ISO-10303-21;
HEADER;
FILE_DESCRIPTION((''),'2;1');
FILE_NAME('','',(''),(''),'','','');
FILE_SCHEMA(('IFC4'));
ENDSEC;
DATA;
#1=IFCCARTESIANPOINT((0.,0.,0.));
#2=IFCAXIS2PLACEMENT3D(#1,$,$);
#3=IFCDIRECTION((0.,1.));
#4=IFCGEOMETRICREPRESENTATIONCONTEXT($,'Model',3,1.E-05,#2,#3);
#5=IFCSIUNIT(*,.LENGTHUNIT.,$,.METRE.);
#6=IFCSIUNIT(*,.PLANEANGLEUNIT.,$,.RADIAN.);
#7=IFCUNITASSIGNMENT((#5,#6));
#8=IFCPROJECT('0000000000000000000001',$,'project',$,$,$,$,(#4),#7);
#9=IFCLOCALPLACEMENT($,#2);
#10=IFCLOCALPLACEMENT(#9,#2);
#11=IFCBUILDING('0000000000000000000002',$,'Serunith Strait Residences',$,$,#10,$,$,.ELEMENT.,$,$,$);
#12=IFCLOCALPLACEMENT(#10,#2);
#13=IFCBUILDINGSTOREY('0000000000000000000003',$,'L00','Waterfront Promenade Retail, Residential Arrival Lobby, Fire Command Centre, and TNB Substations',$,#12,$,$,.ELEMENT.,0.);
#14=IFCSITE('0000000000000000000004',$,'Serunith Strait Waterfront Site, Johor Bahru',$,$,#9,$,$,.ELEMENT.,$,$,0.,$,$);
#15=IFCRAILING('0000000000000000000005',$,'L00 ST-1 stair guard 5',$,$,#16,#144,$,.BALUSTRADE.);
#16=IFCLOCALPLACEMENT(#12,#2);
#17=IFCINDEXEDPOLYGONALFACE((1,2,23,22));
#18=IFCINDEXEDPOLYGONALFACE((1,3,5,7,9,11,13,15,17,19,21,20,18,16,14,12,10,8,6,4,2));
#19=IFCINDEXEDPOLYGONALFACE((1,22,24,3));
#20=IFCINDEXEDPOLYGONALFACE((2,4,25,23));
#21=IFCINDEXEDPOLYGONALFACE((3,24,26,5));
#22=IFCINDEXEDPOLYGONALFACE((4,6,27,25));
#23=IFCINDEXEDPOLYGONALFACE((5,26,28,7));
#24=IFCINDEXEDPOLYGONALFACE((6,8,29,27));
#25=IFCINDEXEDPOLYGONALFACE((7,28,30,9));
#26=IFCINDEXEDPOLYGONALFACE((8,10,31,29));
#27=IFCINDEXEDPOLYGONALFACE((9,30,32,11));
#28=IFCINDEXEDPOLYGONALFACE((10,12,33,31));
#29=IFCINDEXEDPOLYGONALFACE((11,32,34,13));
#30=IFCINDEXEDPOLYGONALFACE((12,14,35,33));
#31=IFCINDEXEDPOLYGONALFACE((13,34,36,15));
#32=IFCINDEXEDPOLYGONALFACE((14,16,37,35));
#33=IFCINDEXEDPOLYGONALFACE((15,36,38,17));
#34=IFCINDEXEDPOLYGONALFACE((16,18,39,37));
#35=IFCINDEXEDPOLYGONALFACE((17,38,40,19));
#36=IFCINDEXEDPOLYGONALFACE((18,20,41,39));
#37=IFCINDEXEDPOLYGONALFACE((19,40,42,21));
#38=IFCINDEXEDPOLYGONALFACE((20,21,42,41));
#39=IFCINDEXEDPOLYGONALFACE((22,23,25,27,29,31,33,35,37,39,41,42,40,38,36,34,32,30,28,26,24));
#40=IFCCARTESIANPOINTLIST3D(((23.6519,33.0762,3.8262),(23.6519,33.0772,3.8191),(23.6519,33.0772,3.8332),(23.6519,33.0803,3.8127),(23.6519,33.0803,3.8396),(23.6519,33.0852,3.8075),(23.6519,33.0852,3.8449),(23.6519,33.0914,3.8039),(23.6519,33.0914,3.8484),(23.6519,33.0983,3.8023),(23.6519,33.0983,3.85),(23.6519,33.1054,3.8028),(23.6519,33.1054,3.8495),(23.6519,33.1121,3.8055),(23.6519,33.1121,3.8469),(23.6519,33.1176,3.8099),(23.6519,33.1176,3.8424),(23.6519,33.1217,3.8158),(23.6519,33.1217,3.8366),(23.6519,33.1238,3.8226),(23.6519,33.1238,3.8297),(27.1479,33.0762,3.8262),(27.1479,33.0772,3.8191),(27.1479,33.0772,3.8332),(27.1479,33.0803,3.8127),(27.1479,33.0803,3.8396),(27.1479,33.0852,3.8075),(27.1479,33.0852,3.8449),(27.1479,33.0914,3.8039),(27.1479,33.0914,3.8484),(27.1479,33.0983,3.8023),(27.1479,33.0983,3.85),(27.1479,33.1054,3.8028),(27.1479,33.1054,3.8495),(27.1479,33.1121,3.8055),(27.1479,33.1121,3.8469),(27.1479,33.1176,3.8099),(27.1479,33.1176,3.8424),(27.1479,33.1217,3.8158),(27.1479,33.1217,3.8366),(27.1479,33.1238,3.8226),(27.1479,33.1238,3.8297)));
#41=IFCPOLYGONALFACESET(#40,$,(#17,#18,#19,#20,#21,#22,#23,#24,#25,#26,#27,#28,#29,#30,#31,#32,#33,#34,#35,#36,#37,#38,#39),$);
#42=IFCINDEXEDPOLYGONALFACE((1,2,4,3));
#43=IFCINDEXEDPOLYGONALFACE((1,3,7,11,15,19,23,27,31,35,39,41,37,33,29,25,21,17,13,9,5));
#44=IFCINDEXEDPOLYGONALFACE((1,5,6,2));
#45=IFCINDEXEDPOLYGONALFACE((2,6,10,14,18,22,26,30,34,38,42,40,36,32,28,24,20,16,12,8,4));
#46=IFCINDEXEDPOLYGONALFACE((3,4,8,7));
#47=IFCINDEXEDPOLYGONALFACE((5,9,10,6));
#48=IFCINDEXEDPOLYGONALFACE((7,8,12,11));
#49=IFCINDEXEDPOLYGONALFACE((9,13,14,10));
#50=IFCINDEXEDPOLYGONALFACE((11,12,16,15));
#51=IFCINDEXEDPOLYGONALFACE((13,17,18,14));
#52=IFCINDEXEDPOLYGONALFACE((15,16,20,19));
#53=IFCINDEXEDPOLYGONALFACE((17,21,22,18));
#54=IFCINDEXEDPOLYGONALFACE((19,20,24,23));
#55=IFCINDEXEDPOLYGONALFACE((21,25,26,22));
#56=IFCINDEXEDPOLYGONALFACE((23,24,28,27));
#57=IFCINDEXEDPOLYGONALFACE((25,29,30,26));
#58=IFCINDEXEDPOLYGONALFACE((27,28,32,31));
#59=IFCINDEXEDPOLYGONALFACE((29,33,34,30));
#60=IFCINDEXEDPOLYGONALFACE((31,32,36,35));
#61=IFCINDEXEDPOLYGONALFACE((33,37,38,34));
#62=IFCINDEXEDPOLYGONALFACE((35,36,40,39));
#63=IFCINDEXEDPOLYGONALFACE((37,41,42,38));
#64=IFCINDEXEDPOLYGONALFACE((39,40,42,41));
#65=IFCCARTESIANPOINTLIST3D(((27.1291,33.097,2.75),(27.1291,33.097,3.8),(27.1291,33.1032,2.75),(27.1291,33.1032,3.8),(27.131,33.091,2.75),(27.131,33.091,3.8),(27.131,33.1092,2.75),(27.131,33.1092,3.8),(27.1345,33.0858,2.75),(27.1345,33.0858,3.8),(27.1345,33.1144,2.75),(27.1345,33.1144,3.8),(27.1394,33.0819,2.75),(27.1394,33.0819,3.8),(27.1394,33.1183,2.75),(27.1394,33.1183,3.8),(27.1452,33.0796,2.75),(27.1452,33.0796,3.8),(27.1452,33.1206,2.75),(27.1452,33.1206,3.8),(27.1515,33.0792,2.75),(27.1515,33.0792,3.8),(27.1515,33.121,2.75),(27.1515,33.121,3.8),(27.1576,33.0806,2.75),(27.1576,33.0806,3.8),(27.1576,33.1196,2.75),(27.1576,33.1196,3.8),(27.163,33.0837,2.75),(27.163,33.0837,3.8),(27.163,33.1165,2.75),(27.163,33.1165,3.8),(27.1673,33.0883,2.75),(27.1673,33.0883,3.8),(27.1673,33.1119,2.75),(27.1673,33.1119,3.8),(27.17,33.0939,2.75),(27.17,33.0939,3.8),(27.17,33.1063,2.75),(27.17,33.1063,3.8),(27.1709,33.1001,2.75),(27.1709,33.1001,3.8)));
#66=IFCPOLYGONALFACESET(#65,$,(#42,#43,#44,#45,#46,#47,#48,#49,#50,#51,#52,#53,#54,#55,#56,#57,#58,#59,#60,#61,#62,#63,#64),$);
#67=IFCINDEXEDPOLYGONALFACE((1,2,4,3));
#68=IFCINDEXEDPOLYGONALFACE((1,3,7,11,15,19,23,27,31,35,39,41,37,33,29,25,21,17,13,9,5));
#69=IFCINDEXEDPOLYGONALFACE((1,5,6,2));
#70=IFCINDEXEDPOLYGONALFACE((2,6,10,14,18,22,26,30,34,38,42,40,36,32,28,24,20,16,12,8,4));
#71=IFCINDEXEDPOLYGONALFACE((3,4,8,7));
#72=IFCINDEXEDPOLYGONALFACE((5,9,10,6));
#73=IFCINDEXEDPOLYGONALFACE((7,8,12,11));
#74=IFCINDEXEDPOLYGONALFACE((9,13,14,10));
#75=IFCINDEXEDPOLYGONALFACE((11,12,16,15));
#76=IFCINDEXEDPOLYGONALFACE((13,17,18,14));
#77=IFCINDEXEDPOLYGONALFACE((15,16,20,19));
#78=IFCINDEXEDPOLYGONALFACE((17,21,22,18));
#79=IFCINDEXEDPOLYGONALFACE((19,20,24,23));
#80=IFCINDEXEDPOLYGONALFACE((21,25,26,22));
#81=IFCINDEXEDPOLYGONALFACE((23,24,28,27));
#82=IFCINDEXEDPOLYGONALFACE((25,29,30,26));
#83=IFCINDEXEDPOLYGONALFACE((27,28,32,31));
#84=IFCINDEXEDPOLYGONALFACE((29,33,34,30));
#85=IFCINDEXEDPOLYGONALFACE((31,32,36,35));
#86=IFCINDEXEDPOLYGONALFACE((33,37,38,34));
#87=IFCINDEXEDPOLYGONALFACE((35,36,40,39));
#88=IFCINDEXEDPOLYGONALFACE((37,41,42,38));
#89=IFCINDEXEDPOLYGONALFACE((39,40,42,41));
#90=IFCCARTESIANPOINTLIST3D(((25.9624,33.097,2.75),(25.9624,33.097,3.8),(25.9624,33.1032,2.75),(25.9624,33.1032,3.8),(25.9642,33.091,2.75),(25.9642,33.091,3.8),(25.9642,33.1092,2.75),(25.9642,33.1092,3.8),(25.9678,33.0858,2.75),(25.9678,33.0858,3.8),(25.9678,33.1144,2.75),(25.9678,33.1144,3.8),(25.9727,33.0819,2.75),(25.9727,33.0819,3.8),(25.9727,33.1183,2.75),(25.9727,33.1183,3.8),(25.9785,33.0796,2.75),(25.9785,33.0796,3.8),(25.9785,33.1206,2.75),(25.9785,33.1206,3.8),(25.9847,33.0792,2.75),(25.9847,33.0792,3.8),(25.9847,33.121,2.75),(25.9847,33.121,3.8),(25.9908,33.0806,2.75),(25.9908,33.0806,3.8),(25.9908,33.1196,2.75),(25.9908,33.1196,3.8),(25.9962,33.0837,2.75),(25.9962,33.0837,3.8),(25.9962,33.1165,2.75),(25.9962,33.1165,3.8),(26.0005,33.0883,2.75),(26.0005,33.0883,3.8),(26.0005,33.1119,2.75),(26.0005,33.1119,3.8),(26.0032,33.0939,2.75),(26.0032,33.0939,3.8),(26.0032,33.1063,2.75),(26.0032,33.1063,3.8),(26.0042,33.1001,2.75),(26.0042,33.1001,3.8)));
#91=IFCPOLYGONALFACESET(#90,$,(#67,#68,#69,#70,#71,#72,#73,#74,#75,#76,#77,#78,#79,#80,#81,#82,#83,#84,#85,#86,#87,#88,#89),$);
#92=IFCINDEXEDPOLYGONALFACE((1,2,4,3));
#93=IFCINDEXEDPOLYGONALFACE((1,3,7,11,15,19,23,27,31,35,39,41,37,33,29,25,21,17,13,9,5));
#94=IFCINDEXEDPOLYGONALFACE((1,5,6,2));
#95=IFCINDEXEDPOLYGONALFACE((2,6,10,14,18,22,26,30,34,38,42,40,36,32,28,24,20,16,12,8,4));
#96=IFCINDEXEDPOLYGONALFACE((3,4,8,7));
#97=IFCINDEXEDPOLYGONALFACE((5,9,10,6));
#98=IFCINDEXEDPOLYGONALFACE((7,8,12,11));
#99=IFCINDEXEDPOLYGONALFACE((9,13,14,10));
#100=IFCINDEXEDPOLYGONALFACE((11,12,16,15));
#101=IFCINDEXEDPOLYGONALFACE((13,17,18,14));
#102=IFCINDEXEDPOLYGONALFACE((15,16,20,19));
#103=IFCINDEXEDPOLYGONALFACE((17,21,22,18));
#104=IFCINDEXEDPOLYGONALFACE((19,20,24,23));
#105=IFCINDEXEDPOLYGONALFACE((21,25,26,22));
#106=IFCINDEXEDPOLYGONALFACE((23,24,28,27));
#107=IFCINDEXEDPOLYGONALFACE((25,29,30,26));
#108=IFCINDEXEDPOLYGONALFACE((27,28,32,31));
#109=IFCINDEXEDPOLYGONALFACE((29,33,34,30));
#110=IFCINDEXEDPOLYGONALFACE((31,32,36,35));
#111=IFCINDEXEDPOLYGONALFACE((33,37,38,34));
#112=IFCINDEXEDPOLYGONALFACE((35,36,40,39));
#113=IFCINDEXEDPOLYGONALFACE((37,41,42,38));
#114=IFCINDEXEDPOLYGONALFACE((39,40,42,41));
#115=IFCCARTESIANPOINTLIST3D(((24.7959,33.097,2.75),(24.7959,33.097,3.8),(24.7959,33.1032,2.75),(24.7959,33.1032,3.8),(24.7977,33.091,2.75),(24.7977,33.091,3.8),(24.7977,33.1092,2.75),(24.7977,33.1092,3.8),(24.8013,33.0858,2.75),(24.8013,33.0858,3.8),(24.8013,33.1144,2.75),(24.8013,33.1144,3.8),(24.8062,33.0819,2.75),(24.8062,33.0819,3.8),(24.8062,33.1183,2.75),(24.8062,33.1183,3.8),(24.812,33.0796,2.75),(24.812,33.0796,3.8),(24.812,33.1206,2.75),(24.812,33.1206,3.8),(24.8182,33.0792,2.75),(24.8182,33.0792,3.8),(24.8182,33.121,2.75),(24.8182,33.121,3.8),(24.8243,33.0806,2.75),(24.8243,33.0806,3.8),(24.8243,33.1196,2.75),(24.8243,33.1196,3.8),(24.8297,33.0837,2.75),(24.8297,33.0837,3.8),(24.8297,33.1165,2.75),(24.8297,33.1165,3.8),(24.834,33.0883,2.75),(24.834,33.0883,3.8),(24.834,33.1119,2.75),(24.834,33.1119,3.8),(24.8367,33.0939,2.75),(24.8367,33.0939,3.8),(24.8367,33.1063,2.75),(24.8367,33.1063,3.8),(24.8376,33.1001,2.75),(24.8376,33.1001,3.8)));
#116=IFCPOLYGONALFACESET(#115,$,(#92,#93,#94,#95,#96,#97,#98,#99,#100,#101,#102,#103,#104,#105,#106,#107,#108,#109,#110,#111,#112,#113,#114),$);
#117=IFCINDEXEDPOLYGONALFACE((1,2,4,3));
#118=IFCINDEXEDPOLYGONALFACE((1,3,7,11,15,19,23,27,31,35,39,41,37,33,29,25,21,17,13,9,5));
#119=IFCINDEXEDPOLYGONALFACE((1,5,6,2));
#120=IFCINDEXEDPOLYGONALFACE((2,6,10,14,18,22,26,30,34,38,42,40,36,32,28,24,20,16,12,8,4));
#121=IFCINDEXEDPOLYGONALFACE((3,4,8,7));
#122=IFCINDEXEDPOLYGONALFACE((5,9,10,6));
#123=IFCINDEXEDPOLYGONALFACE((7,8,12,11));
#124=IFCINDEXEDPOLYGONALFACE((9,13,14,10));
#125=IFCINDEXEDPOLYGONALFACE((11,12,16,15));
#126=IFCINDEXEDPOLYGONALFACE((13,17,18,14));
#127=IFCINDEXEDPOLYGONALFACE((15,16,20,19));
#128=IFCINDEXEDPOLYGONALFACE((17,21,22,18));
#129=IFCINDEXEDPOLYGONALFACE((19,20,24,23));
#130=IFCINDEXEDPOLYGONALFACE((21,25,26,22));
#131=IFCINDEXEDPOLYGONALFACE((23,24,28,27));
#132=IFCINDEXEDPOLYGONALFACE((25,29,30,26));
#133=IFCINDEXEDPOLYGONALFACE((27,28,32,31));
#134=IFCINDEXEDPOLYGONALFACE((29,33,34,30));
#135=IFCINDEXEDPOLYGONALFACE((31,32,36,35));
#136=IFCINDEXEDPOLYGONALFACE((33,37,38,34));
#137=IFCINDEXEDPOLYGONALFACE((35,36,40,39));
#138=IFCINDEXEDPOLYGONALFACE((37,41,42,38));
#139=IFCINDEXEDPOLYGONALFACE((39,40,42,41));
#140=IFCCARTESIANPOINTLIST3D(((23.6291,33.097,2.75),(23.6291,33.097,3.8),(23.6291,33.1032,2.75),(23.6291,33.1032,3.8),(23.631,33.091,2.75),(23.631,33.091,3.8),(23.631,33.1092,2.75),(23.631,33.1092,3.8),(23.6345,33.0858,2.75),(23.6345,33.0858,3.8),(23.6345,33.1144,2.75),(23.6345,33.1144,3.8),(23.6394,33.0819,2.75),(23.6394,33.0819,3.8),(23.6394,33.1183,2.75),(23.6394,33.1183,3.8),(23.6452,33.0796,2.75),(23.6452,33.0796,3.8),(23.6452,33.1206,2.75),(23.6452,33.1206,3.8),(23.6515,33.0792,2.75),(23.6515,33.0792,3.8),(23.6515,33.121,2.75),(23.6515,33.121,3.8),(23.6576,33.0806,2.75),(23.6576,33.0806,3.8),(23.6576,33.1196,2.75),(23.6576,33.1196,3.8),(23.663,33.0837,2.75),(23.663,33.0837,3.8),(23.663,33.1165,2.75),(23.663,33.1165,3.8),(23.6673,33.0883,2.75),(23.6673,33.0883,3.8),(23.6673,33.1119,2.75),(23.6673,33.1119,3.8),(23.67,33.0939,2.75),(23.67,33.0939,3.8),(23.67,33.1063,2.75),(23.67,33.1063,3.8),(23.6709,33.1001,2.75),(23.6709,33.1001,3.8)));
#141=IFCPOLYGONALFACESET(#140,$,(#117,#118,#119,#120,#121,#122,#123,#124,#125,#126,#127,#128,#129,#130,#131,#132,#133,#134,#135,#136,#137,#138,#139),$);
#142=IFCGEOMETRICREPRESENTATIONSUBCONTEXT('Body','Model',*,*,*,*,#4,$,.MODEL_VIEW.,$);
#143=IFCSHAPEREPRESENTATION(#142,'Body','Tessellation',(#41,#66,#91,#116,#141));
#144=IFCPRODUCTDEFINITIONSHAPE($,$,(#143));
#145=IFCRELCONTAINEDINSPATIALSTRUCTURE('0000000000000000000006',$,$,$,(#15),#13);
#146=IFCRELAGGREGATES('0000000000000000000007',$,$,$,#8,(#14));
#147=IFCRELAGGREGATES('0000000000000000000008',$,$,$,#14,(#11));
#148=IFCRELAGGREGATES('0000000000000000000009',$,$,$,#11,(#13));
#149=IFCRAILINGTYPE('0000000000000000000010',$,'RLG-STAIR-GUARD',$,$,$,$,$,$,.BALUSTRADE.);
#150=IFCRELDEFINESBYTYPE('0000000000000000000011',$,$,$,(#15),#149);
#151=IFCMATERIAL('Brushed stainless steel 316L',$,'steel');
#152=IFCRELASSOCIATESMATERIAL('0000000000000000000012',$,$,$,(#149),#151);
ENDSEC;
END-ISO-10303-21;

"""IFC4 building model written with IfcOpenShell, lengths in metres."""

from ifc_helpers import new_model, si_unit, direction, frame, origin, origin_2d, place, context, subcontext, project, spatial, circle, extrude, material, type_object, element, save


model = new_model("IFC4")

# Units and contexts
model_context = context("Model", 3, precision=1e-05, world=origin(), true_north=direction((0.0, 1.0)))
body_context = subcontext(model_context, "Body", "Model", "MODEL_VIEW")
ifc_project = project(units=[si_unit("LENGTHUNIT", "METRE"), si_unit("PLANEANGLEUNIT", "RADIAN")], contexts=[model_context])

# Site, building, storey
site_placement = place(None, origin())
site = spatial("IfcSite", under=ifc_project, at=site_placement, Name="Serunith Strait Waterfront Site, Johor Bahru", CompositionType="ELEMENT", RefElevation=0.0)
building_placement = place(site_placement, origin())
building = spatial("IfcBuilding", under=site, at=building_placement, Name="Serunith Strait Residences", CompositionType="ELEMENT")
storey_placement = place(building_placement, origin())
storey = spatial("IfcBuildingStorey", under=building, at=storey_placement, Name="L00", Description="Waterfront Promenade Retail, Residential Arrival Lobby, Fire Command Centre, and TNB Substations", CompositionType="ELEMENT", Elevation=0.0)

# Railing
ifc_material_1 = material(Name="Brushed stainless steel 316L", Category="steel")
railing_type_1 = type_object("IfcRailingType", Name="RLG-STAIR-GUARD", PredefinedType="BALUSTRADE", material=ifc_material_1)
railing_1_placement = place(storey_placement, frame((27.1499, 33.1001, 2.75)))
element("IfcRailing", 1, at=railing_1_placement, inside=storey, type_object=railing_type_1, Name="L00 ST-1 stair guard 5", PredefinedType="BALUSTRADE", context=body_context, shape_type="SweptSolid", body=[
    extrude(circle(Radius=0.0239, at=origin_2d()), frame((-0.002, 0.0, 1.0762), z_axis=(-1.0, 0.0, 0.0), x_axis=(0.0, -1.0, 0.0)), (0.0, 0.0, 1.0), 3.4961),
    extrude(circle(Radius=0.021, at=origin_2d()), origin(), (0.0, 0.0, 1.0), 1.05),
    extrude(circle(Radius=0.021, at=origin_2d()), frame((-1.1667, 0.0, 0.0)), (0.0, 0.0, 1.0), 1.05),
    extrude(circle(Radius=0.021, at=origin_2d()), frame((-2.3333, 0.0, 0.0)), (0.0, 0.0, 1.0), 1.05),
    extrude(circle(Radius=0.021, at=origin_2d()), frame((-3.5, 0.0, 0.0)), (0.0, 0.0, 1.0), 1.05),
])

save(model, "model.ifc")
